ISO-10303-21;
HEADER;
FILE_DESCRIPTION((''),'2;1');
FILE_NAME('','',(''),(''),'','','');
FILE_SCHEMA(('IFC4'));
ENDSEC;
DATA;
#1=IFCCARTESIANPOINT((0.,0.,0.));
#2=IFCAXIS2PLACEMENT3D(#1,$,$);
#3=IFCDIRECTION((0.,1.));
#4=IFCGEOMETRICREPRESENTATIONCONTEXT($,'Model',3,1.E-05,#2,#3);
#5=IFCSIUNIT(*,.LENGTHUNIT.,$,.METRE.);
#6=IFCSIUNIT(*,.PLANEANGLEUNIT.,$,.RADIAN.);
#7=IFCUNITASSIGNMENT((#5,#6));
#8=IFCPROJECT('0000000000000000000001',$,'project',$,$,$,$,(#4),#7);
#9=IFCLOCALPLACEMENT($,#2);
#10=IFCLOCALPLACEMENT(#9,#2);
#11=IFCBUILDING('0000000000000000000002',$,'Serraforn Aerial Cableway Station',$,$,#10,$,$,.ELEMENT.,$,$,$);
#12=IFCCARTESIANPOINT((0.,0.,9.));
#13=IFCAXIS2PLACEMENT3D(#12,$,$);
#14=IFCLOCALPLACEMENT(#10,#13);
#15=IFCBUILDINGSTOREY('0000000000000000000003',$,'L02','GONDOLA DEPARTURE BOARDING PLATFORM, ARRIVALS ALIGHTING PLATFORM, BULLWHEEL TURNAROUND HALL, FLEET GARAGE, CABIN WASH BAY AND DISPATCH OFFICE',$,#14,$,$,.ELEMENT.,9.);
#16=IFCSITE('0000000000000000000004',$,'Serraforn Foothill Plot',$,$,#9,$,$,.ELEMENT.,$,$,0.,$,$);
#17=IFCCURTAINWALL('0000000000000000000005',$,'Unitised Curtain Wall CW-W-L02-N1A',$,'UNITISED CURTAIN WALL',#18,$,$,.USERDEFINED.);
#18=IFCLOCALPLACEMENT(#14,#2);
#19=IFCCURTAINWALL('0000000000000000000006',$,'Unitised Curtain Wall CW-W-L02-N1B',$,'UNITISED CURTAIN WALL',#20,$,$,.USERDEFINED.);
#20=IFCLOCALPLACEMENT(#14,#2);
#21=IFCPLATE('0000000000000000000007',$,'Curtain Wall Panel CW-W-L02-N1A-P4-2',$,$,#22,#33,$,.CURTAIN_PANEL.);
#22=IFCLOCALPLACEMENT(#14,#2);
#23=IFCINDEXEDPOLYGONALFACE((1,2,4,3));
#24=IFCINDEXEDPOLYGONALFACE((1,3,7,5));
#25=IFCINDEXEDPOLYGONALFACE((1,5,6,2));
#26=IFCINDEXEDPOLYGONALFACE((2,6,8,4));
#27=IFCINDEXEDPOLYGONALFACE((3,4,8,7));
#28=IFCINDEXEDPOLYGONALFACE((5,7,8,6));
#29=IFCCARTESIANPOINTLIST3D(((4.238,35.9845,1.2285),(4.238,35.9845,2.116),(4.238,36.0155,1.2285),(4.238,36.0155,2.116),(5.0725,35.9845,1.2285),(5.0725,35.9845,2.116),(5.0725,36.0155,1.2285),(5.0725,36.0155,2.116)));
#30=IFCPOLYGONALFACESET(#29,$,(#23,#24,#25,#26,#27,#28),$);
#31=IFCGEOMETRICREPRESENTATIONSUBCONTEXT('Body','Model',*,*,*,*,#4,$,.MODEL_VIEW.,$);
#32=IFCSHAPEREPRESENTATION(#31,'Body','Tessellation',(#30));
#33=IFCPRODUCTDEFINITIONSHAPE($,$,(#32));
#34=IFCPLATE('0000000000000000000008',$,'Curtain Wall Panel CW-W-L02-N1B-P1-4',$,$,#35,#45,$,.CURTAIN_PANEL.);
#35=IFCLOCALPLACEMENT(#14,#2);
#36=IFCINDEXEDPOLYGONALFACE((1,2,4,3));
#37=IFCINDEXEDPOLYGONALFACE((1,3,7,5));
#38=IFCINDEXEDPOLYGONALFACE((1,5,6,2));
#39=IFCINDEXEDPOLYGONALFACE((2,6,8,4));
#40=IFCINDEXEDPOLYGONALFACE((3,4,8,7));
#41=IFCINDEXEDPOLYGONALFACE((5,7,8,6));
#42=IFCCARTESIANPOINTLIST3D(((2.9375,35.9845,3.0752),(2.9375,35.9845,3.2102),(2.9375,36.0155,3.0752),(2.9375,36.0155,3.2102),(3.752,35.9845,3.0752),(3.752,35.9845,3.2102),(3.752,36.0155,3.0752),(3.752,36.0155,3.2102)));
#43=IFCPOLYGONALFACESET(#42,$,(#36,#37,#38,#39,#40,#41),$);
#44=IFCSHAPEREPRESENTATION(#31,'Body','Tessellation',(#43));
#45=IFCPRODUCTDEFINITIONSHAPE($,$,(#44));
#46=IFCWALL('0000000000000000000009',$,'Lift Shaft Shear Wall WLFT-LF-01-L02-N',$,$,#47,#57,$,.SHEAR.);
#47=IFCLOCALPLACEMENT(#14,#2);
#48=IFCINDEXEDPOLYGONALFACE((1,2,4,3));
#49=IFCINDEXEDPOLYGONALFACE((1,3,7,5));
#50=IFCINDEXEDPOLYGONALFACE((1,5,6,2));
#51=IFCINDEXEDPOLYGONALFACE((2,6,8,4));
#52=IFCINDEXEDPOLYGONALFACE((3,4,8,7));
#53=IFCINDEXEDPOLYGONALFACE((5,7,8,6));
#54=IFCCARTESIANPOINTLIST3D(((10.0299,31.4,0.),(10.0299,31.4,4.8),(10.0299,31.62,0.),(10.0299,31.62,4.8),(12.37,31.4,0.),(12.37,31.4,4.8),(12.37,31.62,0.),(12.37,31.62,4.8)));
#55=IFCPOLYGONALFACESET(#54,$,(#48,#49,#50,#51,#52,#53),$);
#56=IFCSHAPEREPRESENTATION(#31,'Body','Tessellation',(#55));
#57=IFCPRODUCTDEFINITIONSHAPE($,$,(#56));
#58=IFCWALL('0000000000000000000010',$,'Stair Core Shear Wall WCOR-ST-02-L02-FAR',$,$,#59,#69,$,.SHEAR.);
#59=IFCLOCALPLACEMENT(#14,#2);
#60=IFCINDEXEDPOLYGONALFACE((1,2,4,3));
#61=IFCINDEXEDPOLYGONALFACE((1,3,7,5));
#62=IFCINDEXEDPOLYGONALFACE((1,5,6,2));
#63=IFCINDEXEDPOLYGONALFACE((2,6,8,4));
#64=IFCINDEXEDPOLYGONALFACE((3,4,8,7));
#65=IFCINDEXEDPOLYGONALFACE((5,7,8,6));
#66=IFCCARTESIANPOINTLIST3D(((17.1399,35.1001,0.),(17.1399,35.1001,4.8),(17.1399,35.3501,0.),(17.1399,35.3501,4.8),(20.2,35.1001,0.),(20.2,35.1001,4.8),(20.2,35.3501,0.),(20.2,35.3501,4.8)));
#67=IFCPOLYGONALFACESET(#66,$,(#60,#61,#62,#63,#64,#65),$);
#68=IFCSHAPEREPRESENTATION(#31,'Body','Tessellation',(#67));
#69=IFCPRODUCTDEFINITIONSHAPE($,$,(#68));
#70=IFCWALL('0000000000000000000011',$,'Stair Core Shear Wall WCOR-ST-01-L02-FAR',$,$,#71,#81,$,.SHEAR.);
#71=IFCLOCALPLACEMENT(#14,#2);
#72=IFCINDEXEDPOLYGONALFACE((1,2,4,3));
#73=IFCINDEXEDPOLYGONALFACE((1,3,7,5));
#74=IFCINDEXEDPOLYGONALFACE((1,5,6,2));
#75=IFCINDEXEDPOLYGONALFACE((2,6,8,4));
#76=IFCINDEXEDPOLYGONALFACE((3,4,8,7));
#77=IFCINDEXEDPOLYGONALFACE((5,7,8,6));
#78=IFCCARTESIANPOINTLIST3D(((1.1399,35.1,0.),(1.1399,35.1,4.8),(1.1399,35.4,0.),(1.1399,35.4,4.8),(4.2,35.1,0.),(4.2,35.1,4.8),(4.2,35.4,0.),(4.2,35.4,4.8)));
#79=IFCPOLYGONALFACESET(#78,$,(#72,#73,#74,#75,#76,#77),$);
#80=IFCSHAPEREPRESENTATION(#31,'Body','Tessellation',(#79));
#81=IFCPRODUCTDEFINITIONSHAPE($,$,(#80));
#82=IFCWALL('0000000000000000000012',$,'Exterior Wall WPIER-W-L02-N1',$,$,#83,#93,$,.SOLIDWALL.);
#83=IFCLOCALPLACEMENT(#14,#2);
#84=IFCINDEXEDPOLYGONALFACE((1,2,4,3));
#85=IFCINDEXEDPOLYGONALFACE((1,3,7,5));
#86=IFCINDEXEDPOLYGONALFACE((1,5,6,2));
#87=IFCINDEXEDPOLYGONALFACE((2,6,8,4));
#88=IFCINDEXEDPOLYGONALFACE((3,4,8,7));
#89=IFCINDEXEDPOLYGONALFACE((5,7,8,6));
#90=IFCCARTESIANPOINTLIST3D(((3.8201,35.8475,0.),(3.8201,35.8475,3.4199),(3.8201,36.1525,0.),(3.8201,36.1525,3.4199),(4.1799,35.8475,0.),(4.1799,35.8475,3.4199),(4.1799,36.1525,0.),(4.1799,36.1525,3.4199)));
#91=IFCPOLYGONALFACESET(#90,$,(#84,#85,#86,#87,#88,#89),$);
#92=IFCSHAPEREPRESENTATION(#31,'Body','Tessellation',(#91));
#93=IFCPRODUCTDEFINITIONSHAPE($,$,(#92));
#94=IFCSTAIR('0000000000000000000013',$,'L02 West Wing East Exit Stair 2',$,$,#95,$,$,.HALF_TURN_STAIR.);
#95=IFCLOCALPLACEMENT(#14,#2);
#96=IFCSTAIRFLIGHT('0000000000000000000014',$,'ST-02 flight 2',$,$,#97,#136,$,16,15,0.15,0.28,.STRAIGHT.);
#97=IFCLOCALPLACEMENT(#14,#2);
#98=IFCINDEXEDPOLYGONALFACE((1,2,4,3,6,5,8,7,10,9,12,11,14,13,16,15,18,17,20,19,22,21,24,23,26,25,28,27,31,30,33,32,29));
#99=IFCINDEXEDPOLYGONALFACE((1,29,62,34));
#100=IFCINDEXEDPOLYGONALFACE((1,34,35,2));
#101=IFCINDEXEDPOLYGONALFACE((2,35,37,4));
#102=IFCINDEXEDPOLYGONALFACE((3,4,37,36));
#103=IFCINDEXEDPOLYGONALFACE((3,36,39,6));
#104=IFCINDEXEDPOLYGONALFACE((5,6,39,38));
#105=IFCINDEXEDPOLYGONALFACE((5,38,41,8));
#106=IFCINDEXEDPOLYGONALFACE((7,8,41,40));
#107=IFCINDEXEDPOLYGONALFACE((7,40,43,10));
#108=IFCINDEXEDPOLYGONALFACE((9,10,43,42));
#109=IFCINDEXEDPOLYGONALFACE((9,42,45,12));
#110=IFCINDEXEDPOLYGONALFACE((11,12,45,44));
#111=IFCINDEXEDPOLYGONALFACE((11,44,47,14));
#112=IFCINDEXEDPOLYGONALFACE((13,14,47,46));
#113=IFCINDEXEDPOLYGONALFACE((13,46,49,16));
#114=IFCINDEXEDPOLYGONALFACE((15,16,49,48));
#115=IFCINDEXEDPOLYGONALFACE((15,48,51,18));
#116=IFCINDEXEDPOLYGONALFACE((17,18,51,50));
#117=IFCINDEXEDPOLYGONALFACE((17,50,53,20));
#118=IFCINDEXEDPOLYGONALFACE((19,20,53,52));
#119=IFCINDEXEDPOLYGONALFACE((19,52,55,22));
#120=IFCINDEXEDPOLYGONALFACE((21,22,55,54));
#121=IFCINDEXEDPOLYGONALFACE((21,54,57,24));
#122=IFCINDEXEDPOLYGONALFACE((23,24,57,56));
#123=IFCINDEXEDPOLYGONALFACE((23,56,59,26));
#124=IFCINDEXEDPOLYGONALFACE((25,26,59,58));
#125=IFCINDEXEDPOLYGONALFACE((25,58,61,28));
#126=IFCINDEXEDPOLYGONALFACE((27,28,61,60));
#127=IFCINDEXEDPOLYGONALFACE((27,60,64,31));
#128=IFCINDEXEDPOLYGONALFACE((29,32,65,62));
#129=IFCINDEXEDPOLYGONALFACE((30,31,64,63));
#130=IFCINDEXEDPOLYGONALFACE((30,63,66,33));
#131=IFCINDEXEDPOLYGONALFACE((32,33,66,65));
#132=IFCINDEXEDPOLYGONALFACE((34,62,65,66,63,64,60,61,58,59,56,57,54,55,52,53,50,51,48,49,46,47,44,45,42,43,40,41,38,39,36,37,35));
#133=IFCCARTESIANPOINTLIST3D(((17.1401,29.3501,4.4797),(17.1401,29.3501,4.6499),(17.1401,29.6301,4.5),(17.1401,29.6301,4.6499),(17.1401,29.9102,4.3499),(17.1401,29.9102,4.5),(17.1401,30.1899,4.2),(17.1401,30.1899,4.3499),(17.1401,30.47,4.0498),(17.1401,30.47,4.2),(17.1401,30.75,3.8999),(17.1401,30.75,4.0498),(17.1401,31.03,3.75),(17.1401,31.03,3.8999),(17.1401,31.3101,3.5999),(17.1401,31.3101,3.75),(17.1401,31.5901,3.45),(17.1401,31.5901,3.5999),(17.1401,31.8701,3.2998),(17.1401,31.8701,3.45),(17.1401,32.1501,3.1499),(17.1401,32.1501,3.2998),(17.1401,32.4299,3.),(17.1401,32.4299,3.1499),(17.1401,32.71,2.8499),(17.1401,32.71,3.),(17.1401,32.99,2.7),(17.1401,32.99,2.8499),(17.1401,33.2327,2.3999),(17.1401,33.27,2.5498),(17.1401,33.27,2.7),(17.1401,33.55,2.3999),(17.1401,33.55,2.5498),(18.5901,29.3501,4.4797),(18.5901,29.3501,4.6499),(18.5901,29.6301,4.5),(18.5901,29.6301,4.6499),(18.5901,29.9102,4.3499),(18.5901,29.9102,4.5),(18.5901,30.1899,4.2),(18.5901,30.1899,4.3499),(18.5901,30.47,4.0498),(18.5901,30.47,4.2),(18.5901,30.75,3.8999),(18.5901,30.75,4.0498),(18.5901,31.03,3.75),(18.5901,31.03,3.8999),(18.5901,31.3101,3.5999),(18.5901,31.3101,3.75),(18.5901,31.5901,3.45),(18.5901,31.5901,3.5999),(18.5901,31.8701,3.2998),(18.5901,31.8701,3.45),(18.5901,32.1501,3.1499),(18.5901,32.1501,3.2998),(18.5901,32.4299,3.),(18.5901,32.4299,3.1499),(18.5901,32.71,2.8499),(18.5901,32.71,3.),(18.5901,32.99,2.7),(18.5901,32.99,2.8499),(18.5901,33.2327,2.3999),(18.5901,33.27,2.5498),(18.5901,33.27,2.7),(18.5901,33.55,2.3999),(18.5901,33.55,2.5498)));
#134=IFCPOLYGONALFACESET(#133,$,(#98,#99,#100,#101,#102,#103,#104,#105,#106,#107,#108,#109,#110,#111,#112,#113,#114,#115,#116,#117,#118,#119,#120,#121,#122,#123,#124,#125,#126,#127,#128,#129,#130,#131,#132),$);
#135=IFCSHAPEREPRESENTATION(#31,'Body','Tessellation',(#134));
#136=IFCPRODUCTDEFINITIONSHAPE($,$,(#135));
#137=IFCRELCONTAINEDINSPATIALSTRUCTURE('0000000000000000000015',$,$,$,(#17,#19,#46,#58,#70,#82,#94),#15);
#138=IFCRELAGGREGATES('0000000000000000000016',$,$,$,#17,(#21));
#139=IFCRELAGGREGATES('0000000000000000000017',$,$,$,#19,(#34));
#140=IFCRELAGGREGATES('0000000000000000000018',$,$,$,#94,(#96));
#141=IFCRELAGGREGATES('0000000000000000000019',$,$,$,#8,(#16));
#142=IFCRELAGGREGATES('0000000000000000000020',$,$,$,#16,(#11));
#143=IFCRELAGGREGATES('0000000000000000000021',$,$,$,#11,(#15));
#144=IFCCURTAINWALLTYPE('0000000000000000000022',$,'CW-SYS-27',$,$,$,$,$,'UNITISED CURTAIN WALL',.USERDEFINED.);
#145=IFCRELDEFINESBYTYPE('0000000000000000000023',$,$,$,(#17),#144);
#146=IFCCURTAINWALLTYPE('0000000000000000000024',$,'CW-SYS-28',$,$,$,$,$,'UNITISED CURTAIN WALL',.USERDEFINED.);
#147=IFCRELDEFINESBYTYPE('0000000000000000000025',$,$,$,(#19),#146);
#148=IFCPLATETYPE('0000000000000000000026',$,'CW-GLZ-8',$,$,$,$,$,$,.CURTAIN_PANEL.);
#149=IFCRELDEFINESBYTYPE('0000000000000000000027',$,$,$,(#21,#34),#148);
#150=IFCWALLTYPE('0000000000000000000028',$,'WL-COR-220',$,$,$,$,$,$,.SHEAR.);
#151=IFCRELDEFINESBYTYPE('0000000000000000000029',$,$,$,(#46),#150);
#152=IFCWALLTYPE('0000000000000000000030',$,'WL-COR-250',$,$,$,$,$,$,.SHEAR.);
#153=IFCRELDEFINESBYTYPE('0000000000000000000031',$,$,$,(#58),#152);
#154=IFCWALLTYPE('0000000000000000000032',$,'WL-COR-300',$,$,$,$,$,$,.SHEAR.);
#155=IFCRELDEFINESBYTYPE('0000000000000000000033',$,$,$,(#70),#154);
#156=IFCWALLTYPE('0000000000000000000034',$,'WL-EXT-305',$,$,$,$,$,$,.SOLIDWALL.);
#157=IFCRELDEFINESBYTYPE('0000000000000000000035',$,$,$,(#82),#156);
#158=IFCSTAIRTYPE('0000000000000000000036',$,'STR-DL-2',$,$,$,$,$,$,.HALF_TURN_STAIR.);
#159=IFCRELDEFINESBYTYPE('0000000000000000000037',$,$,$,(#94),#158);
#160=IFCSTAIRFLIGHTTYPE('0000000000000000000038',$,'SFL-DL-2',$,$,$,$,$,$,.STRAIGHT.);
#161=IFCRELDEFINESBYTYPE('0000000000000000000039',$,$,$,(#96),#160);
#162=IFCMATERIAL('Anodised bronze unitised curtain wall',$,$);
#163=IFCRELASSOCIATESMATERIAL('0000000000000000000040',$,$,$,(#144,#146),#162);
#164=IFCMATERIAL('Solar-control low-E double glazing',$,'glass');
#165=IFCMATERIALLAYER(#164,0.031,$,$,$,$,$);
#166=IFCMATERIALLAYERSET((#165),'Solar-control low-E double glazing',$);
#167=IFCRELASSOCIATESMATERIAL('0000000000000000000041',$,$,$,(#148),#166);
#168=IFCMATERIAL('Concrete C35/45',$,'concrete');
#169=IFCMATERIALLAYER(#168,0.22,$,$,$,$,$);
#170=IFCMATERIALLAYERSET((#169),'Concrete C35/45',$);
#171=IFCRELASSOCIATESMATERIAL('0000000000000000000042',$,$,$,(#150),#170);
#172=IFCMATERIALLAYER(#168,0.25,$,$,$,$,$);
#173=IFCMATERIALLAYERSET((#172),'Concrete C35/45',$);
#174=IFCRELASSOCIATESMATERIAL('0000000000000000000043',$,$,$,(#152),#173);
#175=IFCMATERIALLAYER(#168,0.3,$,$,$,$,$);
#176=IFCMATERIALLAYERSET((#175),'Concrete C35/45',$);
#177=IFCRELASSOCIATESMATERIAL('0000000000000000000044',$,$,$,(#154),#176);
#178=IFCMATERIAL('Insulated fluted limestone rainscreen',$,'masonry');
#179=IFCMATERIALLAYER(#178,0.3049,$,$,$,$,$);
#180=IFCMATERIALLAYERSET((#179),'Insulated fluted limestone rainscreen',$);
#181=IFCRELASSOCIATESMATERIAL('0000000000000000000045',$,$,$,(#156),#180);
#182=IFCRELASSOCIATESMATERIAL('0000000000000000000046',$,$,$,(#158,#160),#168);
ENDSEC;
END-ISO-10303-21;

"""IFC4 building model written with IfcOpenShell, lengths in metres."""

from ifc_helpers import new_model, si_unit, direction, frame, frame_2d, origin, origin_2d, place, context, subcontext, project, spatial, polyline, rectangle, outline, extrude, material, layer, layer_set, type_object, element, aggregate, save


model = new_model("IFC4")

# Units and contexts
model_context = context("Model", 3, precision=1e-05, world=origin(), true_north=direction((0.0, 1.0)))
body_context = subcontext(model_context, "Body", "Model", "MODEL_VIEW")
ifc_project = project(units=[si_unit("LENGTHUNIT", "METRE"), si_unit("PLANEANGLEUNIT", "RADIAN")], contexts=[model_context])

# Site, building, storey
site_placement = place(None, origin())
site = spatial("IfcSite", under=ifc_project, at=site_placement, Name="Serraforn Foothill Plot", CompositionType="ELEMENT", RefElevation=0.0)
building_placement = place(site_placement, origin())
building = spatial("IfcBuilding", under=site, at=building_placement, Name="Serraforn Aerial Cableway Station", CompositionType="ELEMENT")
storey_placement = place(building_placement, frame((0.0, 0.0, 9.0)))
storey = spatial("IfcBuildingStorey", under=building, at=storey_placement, Name="L02", Description="GONDOLA DEPARTURE BOARDING PLATFORM, ARRIVALS ALIGHTING PLATFORM, BULLWHEEL TURNAROUND HALL, FLEET GARAGE, CABIN WASH BAY AND DISPATCH OFFICE", CompositionType="ELEMENT", Elevation=9.0)

# Curtain walls
ifc_material_1 = material(Name="Anodised bronze unitised curtain wall")
curtain_wall_type_1 = type_object("IfcCurtainWallType", Name="CW-SYS-27", ElementType="UNITISED CURTAIN WALL", PredefinedType="USERDEFINED", material=ifc_material_1)
curtain_wall_1_placement = place(storey_placement, origin())
curtain_wall_1 = element("IfcCurtainWall", 1, at=curtain_wall_1_placement, inside=storey, type_object=curtain_wall_type_1, Name="Unitised Curtain Wall CW-W-L02-N1A", ObjectType="UNITISED CURTAIN WALL", PredefinedType="USERDEFINED")
curtain_wall_type_2 = type_object("IfcCurtainWallType", Name="CW-SYS-28", ElementType="UNITISED CURTAIN WALL", PredefinedType="USERDEFINED", material=ifc_material_1)
curtain_wall_2_placement = place(storey_placement, origin())
curtain_wall_2 = element("IfcCurtainWall", 2, at=curtain_wall_2_placement, inside=storey, type_object=curtain_wall_type_2, Name="Unitised Curtain Wall CW-W-L02-N1B", ObjectType="UNITISED CURTAIN WALL", PredefinedType="USERDEFINED")

# Plates
ifc_material_2 = material(Name="Solar-control low-E double glazing", Category="glass")
ifc_layer_1 = layer(ifc_material_2, 0.031)
ifc_layer_set_1 = layer_set([ifc_layer_1], Name="Solar-control low-E double glazing")
plate_type_1 = type_object("IfcPlateType", Name="CW-GLZ-8", PredefinedType="CURTAIN_PANEL", material=ifc_layer_set_1)
plate_1_placement = place(storey_placement, frame((4.6553, 36.0, 1.2285), z_axis=(0.0, 0.0, 1.0), x_axis=(1.0, 0.0, 0.0)))
plate_1 = element("IfcPlate", 3, at=plate_1_placement, type_object=plate_type_1, Name="Curtain Wall Panel CW-W-L02-N1A-P4-2", PredefinedType="CURTAIN_PANEL", context=body_context, shape_type="SweptSolid", body=[
    extrude(rectangle(XDim=0.8345, YDim=0.031, at=origin_2d()), origin(), (0.0, 0.0, 1.0), 0.8875),
])
aggregate(curtain_wall_1, [plate_1])
plate_2_placement = place(storey_placement, frame((3.3447, 36.0, 3.0752), z_axis=(0.0, 0.0, 1.0), x_axis=(1.0, 0.0, 0.0)))
plate_2 = element("IfcPlate", 4, at=plate_2_placement, type_object=plate_type_1, Name="Curtain Wall Panel CW-W-L02-N1B-P1-4", PredefinedType="CURTAIN_PANEL", context=body_context, shape_type="SweptSolid", body=[
    extrude(rectangle(XDim=0.8145, YDim=0.031, at=origin_2d()), origin(), (0.0, 0.0, 1.0), 0.135),
])
aggregate(curtain_wall_2, [plate_2])

# Walls
ifc_material_3 = material(Name="Concrete C35/45", Category="concrete")
ifc_layer_2 = layer(ifc_material_3, 0.22)
ifc_layer_set_2 = layer_set([ifc_layer_2], Name="Concrete C35/45")
wall_type_1 = type_object("IfcWallType", Name="WL-COR-220", PredefinedType="SHEAR", material=ifc_layer_set_2)
wall_1_placement = place(storey_placement, frame((10.03, 31.51, 0.0), z_axis=(0.0, 0.0, 1.0), x_axis=(1.0, 0.0, 0.0)))
element("IfcWall", 5, at=wall_1_placement, inside=storey, type_object=wall_type_1, Name="Lift Shaft Shear Wall WLFT-LF-01-L02-N", PredefinedType="SHEAR", context=body_context, shape_type="SweptSolid", body=[
    extrude(rectangle(XDim=2.3401, YDim=0.22, at=frame_2d((1.1699, 0.0))), origin(), (0.0, 0.0, 1.0), 4.8),
])
ifc_layer_3 = layer(ifc_material_3, 0.25)
ifc_layer_set_3 = layer_set([ifc_layer_3], Name="Concrete C35/45")
wall_type_2 = type_object("IfcWallType", Name="WL-COR-250", PredefinedType="SHEAR", material=ifc_layer_set_3)
wall_2_placement = place(storey_placement, frame((20.2, 35.2251, 0.0), z_axis=(0.0, 0.0, 1.0), x_axis=(-1.0, 0.0, 0.0)))
element("IfcWall", 6, at=wall_2_placement, inside=storey, type_object=wall_type_2, Name="Stair Core Shear Wall WCOR-ST-02-L02-FAR", PredefinedType="SHEAR", context=body_context, shape_type="SweptSolid", body=[
    extrude(rectangle(XDim=3.0601, YDim=0.25, at=frame_2d((1.53, 0.0))), origin(), (0.0, 0.0, 1.0), 4.8),
])
ifc_layer_4 = layer(ifc_material_3, 0.3)
ifc_layer_set_4 = layer_set([ifc_layer_4], Name="Concrete C35/45")
wall_type_3 = type_object("IfcWallType", Name="WL-COR-300", PredefinedType="SHEAR", material=ifc_layer_set_4)
wall_3_placement = place(storey_placement, frame((4.2, 35.25, 0.0), z_axis=(0.0, 0.0, 1.0), x_axis=(-1.0, 0.0, 0.0)))
element("IfcWall", 7, at=wall_3_placement, inside=storey, type_object=wall_type_3, Name="Stair Core Shear Wall WCOR-ST-01-L02-FAR", PredefinedType="SHEAR", context=body_context, shape_type="SweptSolid", body=[
    extrude(rectangle(XDim=3.0601, YDim=0.3, at=frame_2d((1.53, 0.0))), origin(), (0.0, 0.0, 1.0), 4.8),
])
ifc_material_4 = material(Name="Insulated fluted limestone rainscreen", Category="masonry")
ifc_layer_5 = layer(ifc_material_4, 0.3049)
ifc_layer_set_5 = layer_set([ifc_layer_5], Name="Insulated fluted limestone rainscreen")
wall_type_4 = type_object("IfcWallType", Name="WL-EXT-305", PredefinedType="SOLIDWALL", material=ifc_layer_set_5)
wall_4_placement = place(storey_placement, frame((4.1799, 36.0, 0.0), z_axis=(0.0, 0.0, 1.0), x_axis=(-1.0, 0.0, 0.0)))
element("IfcWall", 8, at=wall_4_placement, inside=storey, type_object=wall_type_4, Name="Exterior Wall WPIER-W-L02-N1", PredefinedType="SOLIDWALL", context=body_context, shape_type="SweptSolid", body=[
    extrude(rectangle(XDim=0.3599, YDim=0.3049, at=frame_2d((0.1799, 0.0))), origin(), (0.0, 0.0, 1.0), 3.4199),
])

# Stair, stair flight
stair_type = type_object("IfcStairType", Name="STR-DL-2", PredefinedType="HALF_TURN_STAIR", material=ifc_material_3)
stair_placement = place(storey_placement, origin())
stair = element("IfcStair", 9, at=stair_placement, inside=storey, type_object=stair_type, Name="L02 West Wing East Exit Stair 2", PredefinedType="HALF_TURN_STAIR")
stair_flight_type = type_object("IfcStairFlightType", Name="SFL-DL-2", PredefinedType="STRAIGHT", material=ifc_material_3)
stair_flight_placement = place(storey_placement, frame((17.865, 33.55, 2.3999), z_axis=(0.0, 0.0, 1.0), x_axis=(0.0, -1.0, 0.0)))
stair_flight = element("IfcStairFlight", 10, at=stair_flight_placement, type_object=stair_flight_type, Name="ST-02 flight 2", NumberOfRisers=16, NumberOfTreads=15, PredefinedType="STRAIGHT", RiserHeight=0.15, TreadLength=0.28, context=body_context, shape_type="SweptSolid", body=[
    extrude(outline(polyline([(0.0, 0.0), (0.0, 0.1499), (0.28, 0.1499), (0.28, 0.3), (0.5601, 0.3), (0.5601, 0.45), (0.8401, 0.45), (0.8401, 0.6001), (1.1201, 0.6001), (1.1201, 0.75), (1.3999, 0.75), (1.3999, 0.8999), (1.6799, 0.8999), (1.6799, 1.05), (1.96, 1.05), (1.96, 1.2), (2.24, 1.2), (2.24, 1.3501), (2.52, 1.3501), (2.52, 1.5), (2.8, 1.5), (2.8, 1.6499), (3.0801, 1.6499), (3.0801, 1.8), (3.3601, 1.8), (3.3601, 1.95), (3.6399, 1.95), (3.6399, 2.1001), (3.9199, 2.1001), (3.9199, 2.25), (4.2, 2.25), (4.2, 2.3999), (4.2, 2.0798), (0.3174, 0.0), (0.0, 0.0)])), frame((0.0, 0.7251, 0.0), z_axis=(0.0, -1.0, 0.0), x_axis=(1.0, 0.0, 0.0)), (0.0, 0.0, 1.0), 1.45),
])
aggregate(stair, [stair_flight])

save(model, "model.ifc")
